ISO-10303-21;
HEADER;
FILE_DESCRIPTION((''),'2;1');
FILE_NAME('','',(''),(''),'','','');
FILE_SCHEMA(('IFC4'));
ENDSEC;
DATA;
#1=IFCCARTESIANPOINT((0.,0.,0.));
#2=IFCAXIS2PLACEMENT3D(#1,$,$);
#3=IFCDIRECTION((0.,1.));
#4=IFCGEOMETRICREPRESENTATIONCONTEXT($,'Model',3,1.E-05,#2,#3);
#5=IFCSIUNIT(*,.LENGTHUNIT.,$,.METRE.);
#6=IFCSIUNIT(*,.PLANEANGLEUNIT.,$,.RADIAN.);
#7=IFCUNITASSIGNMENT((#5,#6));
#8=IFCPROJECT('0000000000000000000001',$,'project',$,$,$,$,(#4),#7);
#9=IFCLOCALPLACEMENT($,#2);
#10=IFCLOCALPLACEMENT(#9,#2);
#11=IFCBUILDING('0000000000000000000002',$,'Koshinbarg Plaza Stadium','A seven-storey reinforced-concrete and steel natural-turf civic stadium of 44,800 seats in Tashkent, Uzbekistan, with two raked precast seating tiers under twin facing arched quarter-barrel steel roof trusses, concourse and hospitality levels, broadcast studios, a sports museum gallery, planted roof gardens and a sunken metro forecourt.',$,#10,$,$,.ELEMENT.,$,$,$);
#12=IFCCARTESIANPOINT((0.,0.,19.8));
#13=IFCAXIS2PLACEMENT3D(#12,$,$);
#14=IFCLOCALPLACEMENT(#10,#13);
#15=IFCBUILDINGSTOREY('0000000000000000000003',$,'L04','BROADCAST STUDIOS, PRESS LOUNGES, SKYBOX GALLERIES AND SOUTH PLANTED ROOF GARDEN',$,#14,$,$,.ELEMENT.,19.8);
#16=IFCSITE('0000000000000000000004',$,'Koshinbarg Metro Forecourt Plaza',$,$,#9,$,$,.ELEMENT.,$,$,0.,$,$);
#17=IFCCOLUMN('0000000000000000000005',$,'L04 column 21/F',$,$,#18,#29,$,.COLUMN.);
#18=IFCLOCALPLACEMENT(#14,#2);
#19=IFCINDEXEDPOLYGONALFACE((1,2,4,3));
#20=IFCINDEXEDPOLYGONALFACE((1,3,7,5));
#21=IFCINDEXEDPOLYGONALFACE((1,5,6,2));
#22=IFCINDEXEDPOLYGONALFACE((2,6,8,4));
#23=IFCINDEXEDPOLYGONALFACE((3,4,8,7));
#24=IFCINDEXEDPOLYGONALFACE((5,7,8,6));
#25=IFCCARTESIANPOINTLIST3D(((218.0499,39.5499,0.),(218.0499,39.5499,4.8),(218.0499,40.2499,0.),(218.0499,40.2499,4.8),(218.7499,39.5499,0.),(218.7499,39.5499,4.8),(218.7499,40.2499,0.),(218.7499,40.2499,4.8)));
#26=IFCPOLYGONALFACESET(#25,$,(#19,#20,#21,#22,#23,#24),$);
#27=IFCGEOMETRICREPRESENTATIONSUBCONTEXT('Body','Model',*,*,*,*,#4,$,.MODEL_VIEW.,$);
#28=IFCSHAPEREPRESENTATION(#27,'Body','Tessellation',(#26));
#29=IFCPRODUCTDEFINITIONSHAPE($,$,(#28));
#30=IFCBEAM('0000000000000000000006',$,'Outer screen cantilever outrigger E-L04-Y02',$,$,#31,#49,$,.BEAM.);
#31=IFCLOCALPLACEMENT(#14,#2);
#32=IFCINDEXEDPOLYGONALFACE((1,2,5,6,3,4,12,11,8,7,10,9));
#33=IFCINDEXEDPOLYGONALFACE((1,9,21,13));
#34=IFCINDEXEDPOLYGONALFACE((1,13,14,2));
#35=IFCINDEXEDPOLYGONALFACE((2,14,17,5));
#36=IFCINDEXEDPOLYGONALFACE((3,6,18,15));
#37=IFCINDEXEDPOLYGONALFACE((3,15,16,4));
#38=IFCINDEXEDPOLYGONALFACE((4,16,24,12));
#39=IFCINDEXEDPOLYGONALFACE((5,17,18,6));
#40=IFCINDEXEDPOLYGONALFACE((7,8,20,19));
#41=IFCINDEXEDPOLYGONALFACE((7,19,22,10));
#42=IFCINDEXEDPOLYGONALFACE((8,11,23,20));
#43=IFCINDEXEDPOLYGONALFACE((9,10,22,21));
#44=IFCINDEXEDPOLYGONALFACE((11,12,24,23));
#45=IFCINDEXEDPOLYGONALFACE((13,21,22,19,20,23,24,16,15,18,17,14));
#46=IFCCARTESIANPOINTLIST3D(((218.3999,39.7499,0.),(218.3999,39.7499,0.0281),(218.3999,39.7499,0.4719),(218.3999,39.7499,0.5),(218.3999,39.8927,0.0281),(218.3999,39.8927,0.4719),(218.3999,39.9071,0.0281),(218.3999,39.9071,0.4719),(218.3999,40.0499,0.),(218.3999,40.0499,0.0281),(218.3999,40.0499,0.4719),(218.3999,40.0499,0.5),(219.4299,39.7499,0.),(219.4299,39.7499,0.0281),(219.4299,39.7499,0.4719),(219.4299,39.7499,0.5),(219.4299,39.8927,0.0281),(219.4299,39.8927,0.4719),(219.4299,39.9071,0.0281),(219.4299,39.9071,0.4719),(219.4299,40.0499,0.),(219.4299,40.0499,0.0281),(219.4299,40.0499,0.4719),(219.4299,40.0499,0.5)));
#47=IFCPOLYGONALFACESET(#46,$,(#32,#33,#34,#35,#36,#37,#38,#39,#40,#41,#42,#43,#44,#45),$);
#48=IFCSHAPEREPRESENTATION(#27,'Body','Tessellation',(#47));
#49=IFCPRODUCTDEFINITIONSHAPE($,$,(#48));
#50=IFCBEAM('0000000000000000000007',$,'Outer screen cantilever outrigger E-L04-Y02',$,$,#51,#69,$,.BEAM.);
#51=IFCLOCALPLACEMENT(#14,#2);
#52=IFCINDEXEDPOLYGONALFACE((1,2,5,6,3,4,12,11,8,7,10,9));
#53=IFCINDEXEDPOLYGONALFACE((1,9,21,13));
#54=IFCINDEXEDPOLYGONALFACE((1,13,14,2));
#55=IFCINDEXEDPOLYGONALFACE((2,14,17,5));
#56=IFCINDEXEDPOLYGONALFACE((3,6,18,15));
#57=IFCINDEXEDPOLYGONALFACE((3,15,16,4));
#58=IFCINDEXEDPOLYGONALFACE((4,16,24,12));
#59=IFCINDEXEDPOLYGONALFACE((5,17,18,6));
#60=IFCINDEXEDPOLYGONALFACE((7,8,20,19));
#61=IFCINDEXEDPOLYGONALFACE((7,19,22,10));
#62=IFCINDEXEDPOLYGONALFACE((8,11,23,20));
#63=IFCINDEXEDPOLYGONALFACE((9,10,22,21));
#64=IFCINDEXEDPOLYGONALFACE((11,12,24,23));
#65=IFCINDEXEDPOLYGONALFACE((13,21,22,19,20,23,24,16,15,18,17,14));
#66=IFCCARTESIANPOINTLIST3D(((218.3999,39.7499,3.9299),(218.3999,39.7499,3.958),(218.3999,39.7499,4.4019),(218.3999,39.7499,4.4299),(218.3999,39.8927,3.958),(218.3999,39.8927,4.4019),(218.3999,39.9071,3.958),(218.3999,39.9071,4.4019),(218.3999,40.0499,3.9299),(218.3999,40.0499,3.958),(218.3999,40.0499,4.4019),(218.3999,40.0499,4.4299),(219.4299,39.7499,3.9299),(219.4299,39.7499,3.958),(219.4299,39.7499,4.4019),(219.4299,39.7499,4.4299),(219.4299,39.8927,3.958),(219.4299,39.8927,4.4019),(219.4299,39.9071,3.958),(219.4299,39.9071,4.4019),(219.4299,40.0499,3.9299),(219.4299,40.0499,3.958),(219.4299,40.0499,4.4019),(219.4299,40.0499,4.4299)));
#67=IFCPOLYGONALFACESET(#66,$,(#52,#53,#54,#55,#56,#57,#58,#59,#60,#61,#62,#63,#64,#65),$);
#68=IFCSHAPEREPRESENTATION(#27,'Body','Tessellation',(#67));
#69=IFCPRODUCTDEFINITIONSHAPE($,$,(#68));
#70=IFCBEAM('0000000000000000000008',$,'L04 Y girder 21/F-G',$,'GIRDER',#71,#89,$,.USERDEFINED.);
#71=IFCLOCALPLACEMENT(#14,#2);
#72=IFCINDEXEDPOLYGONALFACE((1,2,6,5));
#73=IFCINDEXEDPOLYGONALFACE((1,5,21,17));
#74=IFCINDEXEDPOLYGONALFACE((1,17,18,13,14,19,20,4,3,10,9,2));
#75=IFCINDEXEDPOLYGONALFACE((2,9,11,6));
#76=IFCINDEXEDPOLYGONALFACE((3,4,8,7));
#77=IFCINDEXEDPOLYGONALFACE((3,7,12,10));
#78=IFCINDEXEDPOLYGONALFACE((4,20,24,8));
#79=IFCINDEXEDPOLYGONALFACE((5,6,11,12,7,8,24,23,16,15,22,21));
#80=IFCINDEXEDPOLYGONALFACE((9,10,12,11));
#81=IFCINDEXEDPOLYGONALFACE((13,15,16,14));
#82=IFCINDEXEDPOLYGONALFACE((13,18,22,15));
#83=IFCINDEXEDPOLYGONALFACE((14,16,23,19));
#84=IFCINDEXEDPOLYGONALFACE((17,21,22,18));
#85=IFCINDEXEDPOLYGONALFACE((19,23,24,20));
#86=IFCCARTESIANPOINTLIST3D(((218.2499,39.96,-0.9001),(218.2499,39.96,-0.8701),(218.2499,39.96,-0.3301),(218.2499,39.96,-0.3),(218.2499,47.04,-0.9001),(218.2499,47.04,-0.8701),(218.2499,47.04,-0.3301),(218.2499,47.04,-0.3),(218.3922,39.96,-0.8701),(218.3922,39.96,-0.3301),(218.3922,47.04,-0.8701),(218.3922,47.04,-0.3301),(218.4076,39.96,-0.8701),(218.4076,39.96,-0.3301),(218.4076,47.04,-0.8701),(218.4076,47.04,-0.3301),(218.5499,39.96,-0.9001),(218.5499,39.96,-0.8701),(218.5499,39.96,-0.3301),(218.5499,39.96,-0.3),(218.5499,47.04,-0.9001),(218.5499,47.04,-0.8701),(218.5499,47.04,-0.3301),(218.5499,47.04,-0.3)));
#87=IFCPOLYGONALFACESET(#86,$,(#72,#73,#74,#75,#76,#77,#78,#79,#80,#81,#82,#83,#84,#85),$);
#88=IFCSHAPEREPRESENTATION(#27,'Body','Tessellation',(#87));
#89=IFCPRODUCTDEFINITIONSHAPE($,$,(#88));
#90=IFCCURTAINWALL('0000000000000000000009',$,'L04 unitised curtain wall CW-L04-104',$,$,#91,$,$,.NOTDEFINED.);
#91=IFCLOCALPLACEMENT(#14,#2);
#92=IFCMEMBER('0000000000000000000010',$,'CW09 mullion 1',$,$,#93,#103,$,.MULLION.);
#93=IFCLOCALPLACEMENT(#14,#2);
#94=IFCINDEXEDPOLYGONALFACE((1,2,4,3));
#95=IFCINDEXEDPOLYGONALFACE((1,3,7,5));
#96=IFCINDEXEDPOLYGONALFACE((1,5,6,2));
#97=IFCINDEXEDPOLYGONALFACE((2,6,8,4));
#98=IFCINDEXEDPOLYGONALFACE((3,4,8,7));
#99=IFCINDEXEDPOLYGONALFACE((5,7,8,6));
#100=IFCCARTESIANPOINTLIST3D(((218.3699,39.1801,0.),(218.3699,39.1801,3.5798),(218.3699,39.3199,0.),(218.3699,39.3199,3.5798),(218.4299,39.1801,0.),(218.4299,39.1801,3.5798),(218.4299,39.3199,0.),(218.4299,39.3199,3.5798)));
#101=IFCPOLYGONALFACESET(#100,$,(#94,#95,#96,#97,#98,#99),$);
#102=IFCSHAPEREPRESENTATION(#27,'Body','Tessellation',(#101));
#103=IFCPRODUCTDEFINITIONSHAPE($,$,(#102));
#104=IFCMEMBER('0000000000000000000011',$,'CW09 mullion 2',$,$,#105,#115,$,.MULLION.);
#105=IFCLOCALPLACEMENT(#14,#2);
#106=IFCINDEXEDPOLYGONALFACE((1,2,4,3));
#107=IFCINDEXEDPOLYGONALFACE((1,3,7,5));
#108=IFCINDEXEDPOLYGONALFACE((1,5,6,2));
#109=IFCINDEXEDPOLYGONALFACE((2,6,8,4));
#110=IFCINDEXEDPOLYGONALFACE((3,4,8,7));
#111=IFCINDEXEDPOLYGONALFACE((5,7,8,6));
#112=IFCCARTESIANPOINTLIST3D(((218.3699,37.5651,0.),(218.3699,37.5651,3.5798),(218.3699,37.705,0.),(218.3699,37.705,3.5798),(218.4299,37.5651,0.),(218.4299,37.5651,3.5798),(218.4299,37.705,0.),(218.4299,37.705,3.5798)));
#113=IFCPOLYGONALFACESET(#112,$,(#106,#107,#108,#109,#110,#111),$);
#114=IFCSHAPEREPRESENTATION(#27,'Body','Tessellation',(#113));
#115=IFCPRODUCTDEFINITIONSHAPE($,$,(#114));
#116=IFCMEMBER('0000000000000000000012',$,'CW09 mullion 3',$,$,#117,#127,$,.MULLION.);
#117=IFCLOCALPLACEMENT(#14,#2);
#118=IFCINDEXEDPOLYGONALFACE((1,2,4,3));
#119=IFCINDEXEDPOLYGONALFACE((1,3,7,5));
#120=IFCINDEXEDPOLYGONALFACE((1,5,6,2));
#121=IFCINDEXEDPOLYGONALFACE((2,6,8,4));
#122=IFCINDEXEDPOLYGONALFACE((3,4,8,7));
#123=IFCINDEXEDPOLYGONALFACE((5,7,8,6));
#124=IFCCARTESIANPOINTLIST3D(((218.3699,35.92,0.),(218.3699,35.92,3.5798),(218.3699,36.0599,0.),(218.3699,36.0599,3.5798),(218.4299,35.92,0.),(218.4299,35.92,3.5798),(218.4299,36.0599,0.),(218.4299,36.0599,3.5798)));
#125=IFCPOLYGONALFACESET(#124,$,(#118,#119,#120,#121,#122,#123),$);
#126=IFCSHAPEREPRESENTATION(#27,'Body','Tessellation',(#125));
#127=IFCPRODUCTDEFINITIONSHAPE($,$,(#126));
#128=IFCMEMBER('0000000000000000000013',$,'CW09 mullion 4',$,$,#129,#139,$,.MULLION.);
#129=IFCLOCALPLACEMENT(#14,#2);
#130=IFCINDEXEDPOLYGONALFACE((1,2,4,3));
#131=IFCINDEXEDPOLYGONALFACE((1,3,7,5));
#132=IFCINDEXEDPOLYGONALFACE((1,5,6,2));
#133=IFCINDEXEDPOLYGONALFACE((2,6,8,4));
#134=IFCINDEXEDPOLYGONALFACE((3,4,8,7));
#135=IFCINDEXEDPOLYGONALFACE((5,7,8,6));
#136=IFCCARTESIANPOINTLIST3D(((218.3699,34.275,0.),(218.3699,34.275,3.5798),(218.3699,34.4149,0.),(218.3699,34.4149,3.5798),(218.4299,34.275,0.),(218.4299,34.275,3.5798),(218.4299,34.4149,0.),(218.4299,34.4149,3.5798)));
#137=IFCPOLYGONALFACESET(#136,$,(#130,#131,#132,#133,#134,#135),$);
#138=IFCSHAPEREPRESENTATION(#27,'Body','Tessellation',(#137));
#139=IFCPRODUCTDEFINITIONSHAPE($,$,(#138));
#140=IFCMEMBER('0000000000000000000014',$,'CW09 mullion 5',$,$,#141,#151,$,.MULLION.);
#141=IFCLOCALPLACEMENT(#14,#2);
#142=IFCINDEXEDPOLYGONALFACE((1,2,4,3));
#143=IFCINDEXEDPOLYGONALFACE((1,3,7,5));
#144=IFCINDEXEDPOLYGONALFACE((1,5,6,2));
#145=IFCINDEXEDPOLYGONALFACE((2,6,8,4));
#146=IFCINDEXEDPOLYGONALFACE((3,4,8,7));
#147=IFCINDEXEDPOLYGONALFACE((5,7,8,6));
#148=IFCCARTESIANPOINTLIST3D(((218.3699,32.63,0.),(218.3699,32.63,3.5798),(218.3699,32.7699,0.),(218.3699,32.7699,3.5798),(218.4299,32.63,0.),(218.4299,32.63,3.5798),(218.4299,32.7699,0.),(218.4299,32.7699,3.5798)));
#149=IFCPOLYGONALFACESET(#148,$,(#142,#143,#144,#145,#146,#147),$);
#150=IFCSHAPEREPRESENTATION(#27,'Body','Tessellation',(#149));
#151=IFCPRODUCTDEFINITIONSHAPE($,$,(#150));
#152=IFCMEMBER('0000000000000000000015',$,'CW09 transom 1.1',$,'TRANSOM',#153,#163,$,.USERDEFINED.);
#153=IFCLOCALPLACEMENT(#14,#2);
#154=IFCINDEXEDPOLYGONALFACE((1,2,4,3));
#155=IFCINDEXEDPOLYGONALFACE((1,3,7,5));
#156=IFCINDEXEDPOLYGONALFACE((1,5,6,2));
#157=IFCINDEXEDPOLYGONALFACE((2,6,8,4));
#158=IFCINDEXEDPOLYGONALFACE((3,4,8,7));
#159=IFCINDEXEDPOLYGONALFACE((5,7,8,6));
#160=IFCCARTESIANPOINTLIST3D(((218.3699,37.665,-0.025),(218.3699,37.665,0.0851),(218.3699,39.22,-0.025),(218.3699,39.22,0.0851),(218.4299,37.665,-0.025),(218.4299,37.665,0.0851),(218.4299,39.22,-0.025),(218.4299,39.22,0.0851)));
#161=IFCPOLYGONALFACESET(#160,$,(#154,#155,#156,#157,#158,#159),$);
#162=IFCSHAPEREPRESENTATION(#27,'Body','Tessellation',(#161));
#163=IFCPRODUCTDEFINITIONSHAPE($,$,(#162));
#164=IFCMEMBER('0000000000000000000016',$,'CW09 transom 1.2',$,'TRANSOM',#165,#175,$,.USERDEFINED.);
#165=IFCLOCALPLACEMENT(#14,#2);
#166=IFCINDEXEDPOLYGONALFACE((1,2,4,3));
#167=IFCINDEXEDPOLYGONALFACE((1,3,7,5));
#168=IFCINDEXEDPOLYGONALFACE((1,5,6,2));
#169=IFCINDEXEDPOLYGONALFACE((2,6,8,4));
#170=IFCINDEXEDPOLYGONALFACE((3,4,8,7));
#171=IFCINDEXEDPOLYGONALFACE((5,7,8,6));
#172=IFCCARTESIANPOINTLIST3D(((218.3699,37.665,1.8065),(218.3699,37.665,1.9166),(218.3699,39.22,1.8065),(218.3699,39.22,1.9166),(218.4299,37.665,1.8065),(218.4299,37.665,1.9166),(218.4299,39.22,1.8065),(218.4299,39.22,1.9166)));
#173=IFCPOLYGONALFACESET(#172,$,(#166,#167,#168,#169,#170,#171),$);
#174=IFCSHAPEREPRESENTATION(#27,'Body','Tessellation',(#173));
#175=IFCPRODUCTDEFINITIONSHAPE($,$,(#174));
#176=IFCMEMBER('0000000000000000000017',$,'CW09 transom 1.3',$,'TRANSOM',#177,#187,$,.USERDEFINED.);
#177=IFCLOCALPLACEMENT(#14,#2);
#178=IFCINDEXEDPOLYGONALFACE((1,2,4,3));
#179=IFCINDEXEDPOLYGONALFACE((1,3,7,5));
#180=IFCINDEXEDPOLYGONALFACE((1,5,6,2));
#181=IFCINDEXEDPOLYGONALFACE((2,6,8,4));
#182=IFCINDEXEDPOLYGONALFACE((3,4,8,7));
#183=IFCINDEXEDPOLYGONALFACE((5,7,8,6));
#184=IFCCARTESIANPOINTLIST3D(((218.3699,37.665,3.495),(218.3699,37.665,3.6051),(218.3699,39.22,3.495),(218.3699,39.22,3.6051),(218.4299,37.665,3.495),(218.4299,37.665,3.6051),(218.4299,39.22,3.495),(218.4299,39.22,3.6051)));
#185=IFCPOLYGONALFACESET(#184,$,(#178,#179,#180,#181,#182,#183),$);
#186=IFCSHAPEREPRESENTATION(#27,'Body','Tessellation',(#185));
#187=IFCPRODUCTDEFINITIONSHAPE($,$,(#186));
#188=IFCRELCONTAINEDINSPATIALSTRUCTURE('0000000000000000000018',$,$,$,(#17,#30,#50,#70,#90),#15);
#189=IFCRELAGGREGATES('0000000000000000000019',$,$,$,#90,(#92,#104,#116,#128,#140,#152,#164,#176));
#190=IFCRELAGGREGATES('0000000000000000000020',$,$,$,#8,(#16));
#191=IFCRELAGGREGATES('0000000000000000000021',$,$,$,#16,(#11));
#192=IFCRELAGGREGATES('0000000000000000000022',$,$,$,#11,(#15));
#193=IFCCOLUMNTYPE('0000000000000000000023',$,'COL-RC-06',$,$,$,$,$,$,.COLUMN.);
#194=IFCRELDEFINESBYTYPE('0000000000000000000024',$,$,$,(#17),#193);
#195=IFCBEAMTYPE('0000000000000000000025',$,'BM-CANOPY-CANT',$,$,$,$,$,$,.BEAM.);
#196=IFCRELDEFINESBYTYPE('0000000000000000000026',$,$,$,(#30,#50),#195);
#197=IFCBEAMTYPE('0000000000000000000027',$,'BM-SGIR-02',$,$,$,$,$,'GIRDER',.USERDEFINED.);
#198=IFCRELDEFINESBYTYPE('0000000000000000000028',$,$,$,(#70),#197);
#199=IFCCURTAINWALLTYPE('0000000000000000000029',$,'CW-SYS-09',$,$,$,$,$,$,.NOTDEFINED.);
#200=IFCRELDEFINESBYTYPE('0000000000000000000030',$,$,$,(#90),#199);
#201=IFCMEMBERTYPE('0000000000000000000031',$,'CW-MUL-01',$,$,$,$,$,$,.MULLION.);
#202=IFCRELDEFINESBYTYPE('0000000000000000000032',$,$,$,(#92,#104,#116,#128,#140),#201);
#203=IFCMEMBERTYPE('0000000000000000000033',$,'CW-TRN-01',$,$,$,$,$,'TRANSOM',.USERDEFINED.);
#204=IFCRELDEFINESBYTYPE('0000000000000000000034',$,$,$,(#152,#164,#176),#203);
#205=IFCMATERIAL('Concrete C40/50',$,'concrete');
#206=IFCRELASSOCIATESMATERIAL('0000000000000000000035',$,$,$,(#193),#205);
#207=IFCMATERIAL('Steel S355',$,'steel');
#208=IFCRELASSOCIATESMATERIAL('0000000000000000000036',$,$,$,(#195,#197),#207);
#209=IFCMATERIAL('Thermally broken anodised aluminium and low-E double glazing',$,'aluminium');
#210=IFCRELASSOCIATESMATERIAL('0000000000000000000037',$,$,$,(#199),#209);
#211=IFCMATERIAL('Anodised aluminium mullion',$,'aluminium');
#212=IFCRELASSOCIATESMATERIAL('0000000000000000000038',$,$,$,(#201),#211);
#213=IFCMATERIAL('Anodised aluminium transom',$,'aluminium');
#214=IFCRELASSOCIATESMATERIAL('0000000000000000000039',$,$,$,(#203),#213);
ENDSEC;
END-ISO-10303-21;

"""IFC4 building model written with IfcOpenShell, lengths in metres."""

from ifc_helpers import new_model, si_unit, direction, frame, origin, origin_2d, place, context, subcontext, project, spatial, rectangle, i_section, extrude, material, material_profile, profile_set, type_object, element, aggregate, save


model = new_model("IFC4")

# Units and contexts
model_context = context("Model", 3, precision=1e-05, world=origin(), true_north=direction((0.0, 1.0)))
body_context = subcontext(model_context, "Body", "Model", "MODEL_VIEW")
ifc_project = project(units=[si_unit("LENGTHUNIT", "METRE"), si_unit("PLANEANGLEUNIT", "RADIAN")], contexts=[model_context])

# Site, building, storey
site_placement = place(None, origin())
site = spatial("IfcSite", under=ifc_project, at=site_placement, Name="Koshinbarg Metro Forecourt Plaza", CompositionType="ELEMENT", RefElevation=0.0)
building_placement = place(site_placement, origin())
building = spatial("IfcBuilding", under=site, at=building_placement, Name="Koshinbarg Plaza Stadium", Description="A seven-storey reinforced-concrete and steel natural-turf civic stadium of 44,800 seats in Tashkent, Uzbekistan, with two raked precast seating tiers under twin facing arched quarter-barrel steel roof trusses, concourse and hospitality levels, broadcast studios, a sports museum gallery, planted roof gardens and a sunken metro forecourt.", CompositionType="ELEMENT")
storey_placement = place(building_placement, frame((0.0, 0.0, 19.8)))
storey = spatial("IfcBuildingStorey", under=building, at=storey_placement, Name="L04", Description="BROADCAST STUDIOS, PRESS LOUNGES, SKYBOX GALLERIES AND SOUTH PLANTED ROOF GARDEN", CompositionType="ELEMENT", Elevation=19.8)

# Column
ifc_material_1 = material(Name="Concrete C40/50", Category="concrete")
ifc_material_profile_1 = material_profile(ifc_material_1, rectangle(XDim=0.7, YDim=0.7, at=origin_2d()), Name="RC 700x700")
ifc_profile_set_1 = profile_set([ifc_material_profile_1], Name="Concrete C40/50")
column_type = type_object("IfcColumnType", Name="COL-RC-06", PredefinedType="COLUMN", material=ifc_profile_set_1)
column_placement = place(storey_placement, frame((218.3999, 39.8999, 0.0), z_axis=(0.0, 0.0, 1.0), x_axis=(1.0, 0.0, 0.0)))
element("IfcColumn", 1, at=column_placement, inside=storey, type_object=column_type, Name="L04 column 21/F", PredefinedType="COLUMN", context=body_context, shape_type="SweptSolid", body=[
    extrude(rectangle(XDim=0.7, YDim=0.7, at=origin_2d()), origin(), (0.0, 0.0, 1.0), 4.8),
])

# Beams
ifc_material_2 = material(Name="Steel S355", Category="steel")
ifc_material_profile_2 = material_profile(ifc_material_2, i_section(OverallWidth=0.3, OverallDepth=0.5, WebThickness=0.0144, FlangeThickness=0.0281, at=origin_2d()), Name="HEB 500")
ifc_profile_set_2 = profile_set([ifc_material_profile_2], Name="Steel S355")
beam_type_1 = type_object("IfcBeamType", Name="BM-CANOPY-CANT", PredefinedType="BEAM", material=ifc_profile_set_2)
for number, where, z_axis, x_axis, name in (
    (2, (218.3999, 39.8999, 0.25), (1.0, 0.0, 0.0), (0.0, 1.0, 0.0), "Outer screen cantilever outrigger E-L04-Y02"),
    (3, (218.3999, 39.8999, 4.1799), (1.0, 0.0, 0.0), (0.0, 1.0, 0.0), "Outer screen cantilever outrigger E-L04-Y02"),
):
    element("IfcBeam", number, at=place(storey_placement, frame(where, z_axis=z_axis, x_axis=x_axis)), inside=storey, type_object=beam_type_1, Name=name, PredefinedType="BEAM", context=body_context, shape_type="SweptSolid", body=[
        extrude(i_section(OverallWidth=0.3, OverallDepth=0.5, WebThickness=0.0144, FlangeThickness=0.0281, at=origin_2d()), origin(), (0.0, 0.0, 1.0), 1.03),
    ])
ifc_material_profile_3 = material_profile(ifc_material_2, i_section(OverallWidth=0.3, OverallDepth=0.6001, WebThickness=0.0154, FlangeThickness=0.03, at=origin_2d()), Name="HEB 600")
ifc_profile_set_3 = profile_set([ifc_material_profile_3], Name="Steel S355")
beam_type_2 = type_object("IfcBeamType", Name="BM-SGIR-02", ElementType="GIRDER", PredefinedType="USERDEFINED", material=ifc_profile_set_3)
beam_placement = place(storey_placement, frame((218.3999, 39.96, -0.6001), z_axis=(0.0, 1.0, 0.0), x_axis=(-1.0, 0.0, 0.0)))
element("IfcBeam", 4, at=beam_placement, inside=storey, type_object=beam_type_2, Name="L04 Y girder 21/F-G", ObjectType="GIRDER", PredefinedType="USERDEFINED", context=body_context, shape_type="SweptSolid", body=[
    extrude(i_section(OverallWidth=0.3, OverallDepth=0.6001, WebThickness=0.0154, FlangeThickness=0.03, at=origin_2d()), origin(), (0.0, 0.0, 1.0), 7.0801),
])

# Curtain wall, members
ifc_material_3 = material(Name="Thermally broken anodised aluminium and low-E double glazing", Category="aluminium")
curtain_wall_type = type_object("IfcCurtainWallType", Name="CW-SYS-09", PredefinedType="NOTDEFINED", material=ifc_material_3)
curtain_wall_placement = place(storey_placement, origin())
curtain_wall = element("IfcCurtainWall", 5, at=curtain_wall_placement, inside=storey, type_object=curtain_wall_type, Name="L04 unitised curtain wall CW-L04-104", PredefinedType="NOTDEFINED")
ifc_material_4 = material(Name="Anodised aluminium mullion", Category="aluminium")
ifc_material_profile_4 = material_profile(ifc_material_4, rectangle(XDim=0.0601, YDim=0.1399, at=origin_2d()), Name="ALU 60x140")
ifc_profile_set_4 = profile_set([ifc_material_profile_4], Name="Anodised aluminium mullion")
member_type_1 = type_object("IfcMemberType", Name="CW-MUL-01", PredefinedType="MULLION", material=ifc_profile_set_4)
member_1_placement = place(storey_placement, frame((218.3999, 39.25, 0.0), z_axis=(0.0, 0.0, 1.0), x_axis=(1.0, 0.0, 0.0)))
member_1 = element("IfcMember", 6, at=member_1_placement, type_object=member_type_1, Name="CW09 mullion 1", PredefinedType="MULLION", context=body_context, shape_type="SweptSolid", body=[
    extrude(rectangle(XDim=0.0601, YDim=0.1399, at=origin_2d()), origin(), (0.0, 0.0, 1.0), 3.5798),
])
member_2_placement = place(storey_placement, frame((218.3999, 37.635, 0.0), z_axis=(0.0, 0.0, 1.0), x_axis=(1.0, 0.0, 0.0)))
member_2 = element("IfcMember", 7, at=member_2_placement, type_object=member_type_1, Name="CW09 mullion 2", PredefinedType="MULLION", context=body_context, shape_type="SweptSolid", body=[
    extrude(rectangle(XDim=0.0601, YDim=0.1399, at=origin_2d()), origin(), (0.0, 0.0, 1.0), 3.5798),
])
member_3_placement = place(storey_placement, frame((218.3999, 35.99, 0.0), z_axis=(0.0, 0.0, 1.0), x_axis=(1.0, 0.0, 0.0)))
member_3 = element("IfcMember", 8, at=member_3_placement, type_object=member_type_1, Name="CW09 mullion 3", PredefinedType="MULLION", context=body_context, shape_type="SweptSolid", body=[
    extrude(rectangle(XDim=0.0601, YDim=0.1399, at=origin_2d()), origin(), (0.0, 0.0, 1.0), 3.5798),
])
member_4_placement = place(storey_placement, frame((218.3999, 34.345, 0.0), z_axis=(0.0, 0.0, 1.0), x_axis=(1.0, 0.0, 0.0)))
member_4 = element("IfcMember", 9, at=member_4_placement, type_object=member_type_1, Name="CW09 mullion 4", PredefinedType="MULLION", context=body_context, shape_type="SweptSolid", body=[
    extrude(rectangle(XDim=0.0601, YDim=0.1399, at=origin_2d()), origin(), (0.0, 0.0, 1.0), 3.5798),
])
member_5_placement = place(storey_placement, frame((218.3999, 32.7, 0.0), z_axis=(0.0, 0.0, 1.0), x_axis=(1.0, 0.0, 0.0)))
member_5 = element("IfcMember", 10, at=member_5_placement, type_object=member_type_1, Name="CW09 mullion 5", PredefinedType="MULLION", context=body_context, shape_type="SweptSolid", body=[
    extrude(rectangle(XDim=0.0601, YDim=0.1399, at=origin_2d()), origin(), (0.0, 0.0, 1.0), 3.5798),
])
ifc_material_5 = material(Name="Anodised aluminium transom", Category="aluminium")
ifc_material_profile_5 = material_profile(ifc_material_5, rectangle(XDim=0.0601, YDim=0.1101, at=origin_2d()), Name="ALU 60x110")
ifc_profile_set_5 = profile_set([ifc_material_profile_5], Name="Anodised aluminium transom")
member_type_2 = type_object("IfcMemberType", Name="CW-TRN-01", ElementType="TRANSOM", PredefinedType="USERDEFINED", material=ifc_profile_set_5)
member_6_placement = place(storey_placement, frame((218.3999, 39.22, 0.03), z_axis=(0.0, -1.0, 0.0), x_axis=(1.0, 0.0, 0.0)))
member_6 = element("IfcMember", 11, at=member_6_placement, type_object=member_type_2, Name="CW09 transom 1.1", ObjectType="TRANSOM", PredefinedType="USERDEFINED", context=body_context, shape_type="SweptSolid", body=[
    extrude(rectangle(XDim=0.0601, YDim=0.1101, at=origin_2d()), origin(), (0.0, 0.0, 1.0), 1.5549),
])
member_7_placement = place(storey_placement, frame((218.3999, 39.22, 1.8616), z_axis=(0.0, -1.0, 0.0), x_axis=(1.0, 0.0, 0.0)))
member_7 = element("IfcMember", 12, at=member_7_placement, type_object=member_type_2, Name="CW09 transom 1.2", ObjectType="TRANSOM", PredefinedType="USERDEFINED", context=body_context, shape_type="SweptSolid", body=[
    extrude(rectangle(XDim=0.0601, YDim=0.1101, at=origin_2d()), origin(), (0.0, 0.0, 1.0), 1.5549),
])
member_8_placement = place(storey_placement, frame((218.3999, 39.22, 3.55), z_axis=(0.0, -1.0, 0.0), x_axis=(1.0, 0.0, 0.0)))
member_8 = element("IfcMember", 13, at=member_8_placement, type_object=member_type_2, Name="CW09 transom 1.3", ObjectType="TRANSOM", PredefinedType="USERDEFINED", context=body_context, shape_type="SweptSolid", body=[
    extrude(rectangle(XDim=0.0601, YDim=0.1101, at=origin_2d()), origin(), (0.0, 0.0, 1.0), 1.5549),
])

aggregate(curtain_wall, [member_1, member_2, member_3, member_4, member_5, member_6, member_7, member_8])

save(model, "model.ifc")
